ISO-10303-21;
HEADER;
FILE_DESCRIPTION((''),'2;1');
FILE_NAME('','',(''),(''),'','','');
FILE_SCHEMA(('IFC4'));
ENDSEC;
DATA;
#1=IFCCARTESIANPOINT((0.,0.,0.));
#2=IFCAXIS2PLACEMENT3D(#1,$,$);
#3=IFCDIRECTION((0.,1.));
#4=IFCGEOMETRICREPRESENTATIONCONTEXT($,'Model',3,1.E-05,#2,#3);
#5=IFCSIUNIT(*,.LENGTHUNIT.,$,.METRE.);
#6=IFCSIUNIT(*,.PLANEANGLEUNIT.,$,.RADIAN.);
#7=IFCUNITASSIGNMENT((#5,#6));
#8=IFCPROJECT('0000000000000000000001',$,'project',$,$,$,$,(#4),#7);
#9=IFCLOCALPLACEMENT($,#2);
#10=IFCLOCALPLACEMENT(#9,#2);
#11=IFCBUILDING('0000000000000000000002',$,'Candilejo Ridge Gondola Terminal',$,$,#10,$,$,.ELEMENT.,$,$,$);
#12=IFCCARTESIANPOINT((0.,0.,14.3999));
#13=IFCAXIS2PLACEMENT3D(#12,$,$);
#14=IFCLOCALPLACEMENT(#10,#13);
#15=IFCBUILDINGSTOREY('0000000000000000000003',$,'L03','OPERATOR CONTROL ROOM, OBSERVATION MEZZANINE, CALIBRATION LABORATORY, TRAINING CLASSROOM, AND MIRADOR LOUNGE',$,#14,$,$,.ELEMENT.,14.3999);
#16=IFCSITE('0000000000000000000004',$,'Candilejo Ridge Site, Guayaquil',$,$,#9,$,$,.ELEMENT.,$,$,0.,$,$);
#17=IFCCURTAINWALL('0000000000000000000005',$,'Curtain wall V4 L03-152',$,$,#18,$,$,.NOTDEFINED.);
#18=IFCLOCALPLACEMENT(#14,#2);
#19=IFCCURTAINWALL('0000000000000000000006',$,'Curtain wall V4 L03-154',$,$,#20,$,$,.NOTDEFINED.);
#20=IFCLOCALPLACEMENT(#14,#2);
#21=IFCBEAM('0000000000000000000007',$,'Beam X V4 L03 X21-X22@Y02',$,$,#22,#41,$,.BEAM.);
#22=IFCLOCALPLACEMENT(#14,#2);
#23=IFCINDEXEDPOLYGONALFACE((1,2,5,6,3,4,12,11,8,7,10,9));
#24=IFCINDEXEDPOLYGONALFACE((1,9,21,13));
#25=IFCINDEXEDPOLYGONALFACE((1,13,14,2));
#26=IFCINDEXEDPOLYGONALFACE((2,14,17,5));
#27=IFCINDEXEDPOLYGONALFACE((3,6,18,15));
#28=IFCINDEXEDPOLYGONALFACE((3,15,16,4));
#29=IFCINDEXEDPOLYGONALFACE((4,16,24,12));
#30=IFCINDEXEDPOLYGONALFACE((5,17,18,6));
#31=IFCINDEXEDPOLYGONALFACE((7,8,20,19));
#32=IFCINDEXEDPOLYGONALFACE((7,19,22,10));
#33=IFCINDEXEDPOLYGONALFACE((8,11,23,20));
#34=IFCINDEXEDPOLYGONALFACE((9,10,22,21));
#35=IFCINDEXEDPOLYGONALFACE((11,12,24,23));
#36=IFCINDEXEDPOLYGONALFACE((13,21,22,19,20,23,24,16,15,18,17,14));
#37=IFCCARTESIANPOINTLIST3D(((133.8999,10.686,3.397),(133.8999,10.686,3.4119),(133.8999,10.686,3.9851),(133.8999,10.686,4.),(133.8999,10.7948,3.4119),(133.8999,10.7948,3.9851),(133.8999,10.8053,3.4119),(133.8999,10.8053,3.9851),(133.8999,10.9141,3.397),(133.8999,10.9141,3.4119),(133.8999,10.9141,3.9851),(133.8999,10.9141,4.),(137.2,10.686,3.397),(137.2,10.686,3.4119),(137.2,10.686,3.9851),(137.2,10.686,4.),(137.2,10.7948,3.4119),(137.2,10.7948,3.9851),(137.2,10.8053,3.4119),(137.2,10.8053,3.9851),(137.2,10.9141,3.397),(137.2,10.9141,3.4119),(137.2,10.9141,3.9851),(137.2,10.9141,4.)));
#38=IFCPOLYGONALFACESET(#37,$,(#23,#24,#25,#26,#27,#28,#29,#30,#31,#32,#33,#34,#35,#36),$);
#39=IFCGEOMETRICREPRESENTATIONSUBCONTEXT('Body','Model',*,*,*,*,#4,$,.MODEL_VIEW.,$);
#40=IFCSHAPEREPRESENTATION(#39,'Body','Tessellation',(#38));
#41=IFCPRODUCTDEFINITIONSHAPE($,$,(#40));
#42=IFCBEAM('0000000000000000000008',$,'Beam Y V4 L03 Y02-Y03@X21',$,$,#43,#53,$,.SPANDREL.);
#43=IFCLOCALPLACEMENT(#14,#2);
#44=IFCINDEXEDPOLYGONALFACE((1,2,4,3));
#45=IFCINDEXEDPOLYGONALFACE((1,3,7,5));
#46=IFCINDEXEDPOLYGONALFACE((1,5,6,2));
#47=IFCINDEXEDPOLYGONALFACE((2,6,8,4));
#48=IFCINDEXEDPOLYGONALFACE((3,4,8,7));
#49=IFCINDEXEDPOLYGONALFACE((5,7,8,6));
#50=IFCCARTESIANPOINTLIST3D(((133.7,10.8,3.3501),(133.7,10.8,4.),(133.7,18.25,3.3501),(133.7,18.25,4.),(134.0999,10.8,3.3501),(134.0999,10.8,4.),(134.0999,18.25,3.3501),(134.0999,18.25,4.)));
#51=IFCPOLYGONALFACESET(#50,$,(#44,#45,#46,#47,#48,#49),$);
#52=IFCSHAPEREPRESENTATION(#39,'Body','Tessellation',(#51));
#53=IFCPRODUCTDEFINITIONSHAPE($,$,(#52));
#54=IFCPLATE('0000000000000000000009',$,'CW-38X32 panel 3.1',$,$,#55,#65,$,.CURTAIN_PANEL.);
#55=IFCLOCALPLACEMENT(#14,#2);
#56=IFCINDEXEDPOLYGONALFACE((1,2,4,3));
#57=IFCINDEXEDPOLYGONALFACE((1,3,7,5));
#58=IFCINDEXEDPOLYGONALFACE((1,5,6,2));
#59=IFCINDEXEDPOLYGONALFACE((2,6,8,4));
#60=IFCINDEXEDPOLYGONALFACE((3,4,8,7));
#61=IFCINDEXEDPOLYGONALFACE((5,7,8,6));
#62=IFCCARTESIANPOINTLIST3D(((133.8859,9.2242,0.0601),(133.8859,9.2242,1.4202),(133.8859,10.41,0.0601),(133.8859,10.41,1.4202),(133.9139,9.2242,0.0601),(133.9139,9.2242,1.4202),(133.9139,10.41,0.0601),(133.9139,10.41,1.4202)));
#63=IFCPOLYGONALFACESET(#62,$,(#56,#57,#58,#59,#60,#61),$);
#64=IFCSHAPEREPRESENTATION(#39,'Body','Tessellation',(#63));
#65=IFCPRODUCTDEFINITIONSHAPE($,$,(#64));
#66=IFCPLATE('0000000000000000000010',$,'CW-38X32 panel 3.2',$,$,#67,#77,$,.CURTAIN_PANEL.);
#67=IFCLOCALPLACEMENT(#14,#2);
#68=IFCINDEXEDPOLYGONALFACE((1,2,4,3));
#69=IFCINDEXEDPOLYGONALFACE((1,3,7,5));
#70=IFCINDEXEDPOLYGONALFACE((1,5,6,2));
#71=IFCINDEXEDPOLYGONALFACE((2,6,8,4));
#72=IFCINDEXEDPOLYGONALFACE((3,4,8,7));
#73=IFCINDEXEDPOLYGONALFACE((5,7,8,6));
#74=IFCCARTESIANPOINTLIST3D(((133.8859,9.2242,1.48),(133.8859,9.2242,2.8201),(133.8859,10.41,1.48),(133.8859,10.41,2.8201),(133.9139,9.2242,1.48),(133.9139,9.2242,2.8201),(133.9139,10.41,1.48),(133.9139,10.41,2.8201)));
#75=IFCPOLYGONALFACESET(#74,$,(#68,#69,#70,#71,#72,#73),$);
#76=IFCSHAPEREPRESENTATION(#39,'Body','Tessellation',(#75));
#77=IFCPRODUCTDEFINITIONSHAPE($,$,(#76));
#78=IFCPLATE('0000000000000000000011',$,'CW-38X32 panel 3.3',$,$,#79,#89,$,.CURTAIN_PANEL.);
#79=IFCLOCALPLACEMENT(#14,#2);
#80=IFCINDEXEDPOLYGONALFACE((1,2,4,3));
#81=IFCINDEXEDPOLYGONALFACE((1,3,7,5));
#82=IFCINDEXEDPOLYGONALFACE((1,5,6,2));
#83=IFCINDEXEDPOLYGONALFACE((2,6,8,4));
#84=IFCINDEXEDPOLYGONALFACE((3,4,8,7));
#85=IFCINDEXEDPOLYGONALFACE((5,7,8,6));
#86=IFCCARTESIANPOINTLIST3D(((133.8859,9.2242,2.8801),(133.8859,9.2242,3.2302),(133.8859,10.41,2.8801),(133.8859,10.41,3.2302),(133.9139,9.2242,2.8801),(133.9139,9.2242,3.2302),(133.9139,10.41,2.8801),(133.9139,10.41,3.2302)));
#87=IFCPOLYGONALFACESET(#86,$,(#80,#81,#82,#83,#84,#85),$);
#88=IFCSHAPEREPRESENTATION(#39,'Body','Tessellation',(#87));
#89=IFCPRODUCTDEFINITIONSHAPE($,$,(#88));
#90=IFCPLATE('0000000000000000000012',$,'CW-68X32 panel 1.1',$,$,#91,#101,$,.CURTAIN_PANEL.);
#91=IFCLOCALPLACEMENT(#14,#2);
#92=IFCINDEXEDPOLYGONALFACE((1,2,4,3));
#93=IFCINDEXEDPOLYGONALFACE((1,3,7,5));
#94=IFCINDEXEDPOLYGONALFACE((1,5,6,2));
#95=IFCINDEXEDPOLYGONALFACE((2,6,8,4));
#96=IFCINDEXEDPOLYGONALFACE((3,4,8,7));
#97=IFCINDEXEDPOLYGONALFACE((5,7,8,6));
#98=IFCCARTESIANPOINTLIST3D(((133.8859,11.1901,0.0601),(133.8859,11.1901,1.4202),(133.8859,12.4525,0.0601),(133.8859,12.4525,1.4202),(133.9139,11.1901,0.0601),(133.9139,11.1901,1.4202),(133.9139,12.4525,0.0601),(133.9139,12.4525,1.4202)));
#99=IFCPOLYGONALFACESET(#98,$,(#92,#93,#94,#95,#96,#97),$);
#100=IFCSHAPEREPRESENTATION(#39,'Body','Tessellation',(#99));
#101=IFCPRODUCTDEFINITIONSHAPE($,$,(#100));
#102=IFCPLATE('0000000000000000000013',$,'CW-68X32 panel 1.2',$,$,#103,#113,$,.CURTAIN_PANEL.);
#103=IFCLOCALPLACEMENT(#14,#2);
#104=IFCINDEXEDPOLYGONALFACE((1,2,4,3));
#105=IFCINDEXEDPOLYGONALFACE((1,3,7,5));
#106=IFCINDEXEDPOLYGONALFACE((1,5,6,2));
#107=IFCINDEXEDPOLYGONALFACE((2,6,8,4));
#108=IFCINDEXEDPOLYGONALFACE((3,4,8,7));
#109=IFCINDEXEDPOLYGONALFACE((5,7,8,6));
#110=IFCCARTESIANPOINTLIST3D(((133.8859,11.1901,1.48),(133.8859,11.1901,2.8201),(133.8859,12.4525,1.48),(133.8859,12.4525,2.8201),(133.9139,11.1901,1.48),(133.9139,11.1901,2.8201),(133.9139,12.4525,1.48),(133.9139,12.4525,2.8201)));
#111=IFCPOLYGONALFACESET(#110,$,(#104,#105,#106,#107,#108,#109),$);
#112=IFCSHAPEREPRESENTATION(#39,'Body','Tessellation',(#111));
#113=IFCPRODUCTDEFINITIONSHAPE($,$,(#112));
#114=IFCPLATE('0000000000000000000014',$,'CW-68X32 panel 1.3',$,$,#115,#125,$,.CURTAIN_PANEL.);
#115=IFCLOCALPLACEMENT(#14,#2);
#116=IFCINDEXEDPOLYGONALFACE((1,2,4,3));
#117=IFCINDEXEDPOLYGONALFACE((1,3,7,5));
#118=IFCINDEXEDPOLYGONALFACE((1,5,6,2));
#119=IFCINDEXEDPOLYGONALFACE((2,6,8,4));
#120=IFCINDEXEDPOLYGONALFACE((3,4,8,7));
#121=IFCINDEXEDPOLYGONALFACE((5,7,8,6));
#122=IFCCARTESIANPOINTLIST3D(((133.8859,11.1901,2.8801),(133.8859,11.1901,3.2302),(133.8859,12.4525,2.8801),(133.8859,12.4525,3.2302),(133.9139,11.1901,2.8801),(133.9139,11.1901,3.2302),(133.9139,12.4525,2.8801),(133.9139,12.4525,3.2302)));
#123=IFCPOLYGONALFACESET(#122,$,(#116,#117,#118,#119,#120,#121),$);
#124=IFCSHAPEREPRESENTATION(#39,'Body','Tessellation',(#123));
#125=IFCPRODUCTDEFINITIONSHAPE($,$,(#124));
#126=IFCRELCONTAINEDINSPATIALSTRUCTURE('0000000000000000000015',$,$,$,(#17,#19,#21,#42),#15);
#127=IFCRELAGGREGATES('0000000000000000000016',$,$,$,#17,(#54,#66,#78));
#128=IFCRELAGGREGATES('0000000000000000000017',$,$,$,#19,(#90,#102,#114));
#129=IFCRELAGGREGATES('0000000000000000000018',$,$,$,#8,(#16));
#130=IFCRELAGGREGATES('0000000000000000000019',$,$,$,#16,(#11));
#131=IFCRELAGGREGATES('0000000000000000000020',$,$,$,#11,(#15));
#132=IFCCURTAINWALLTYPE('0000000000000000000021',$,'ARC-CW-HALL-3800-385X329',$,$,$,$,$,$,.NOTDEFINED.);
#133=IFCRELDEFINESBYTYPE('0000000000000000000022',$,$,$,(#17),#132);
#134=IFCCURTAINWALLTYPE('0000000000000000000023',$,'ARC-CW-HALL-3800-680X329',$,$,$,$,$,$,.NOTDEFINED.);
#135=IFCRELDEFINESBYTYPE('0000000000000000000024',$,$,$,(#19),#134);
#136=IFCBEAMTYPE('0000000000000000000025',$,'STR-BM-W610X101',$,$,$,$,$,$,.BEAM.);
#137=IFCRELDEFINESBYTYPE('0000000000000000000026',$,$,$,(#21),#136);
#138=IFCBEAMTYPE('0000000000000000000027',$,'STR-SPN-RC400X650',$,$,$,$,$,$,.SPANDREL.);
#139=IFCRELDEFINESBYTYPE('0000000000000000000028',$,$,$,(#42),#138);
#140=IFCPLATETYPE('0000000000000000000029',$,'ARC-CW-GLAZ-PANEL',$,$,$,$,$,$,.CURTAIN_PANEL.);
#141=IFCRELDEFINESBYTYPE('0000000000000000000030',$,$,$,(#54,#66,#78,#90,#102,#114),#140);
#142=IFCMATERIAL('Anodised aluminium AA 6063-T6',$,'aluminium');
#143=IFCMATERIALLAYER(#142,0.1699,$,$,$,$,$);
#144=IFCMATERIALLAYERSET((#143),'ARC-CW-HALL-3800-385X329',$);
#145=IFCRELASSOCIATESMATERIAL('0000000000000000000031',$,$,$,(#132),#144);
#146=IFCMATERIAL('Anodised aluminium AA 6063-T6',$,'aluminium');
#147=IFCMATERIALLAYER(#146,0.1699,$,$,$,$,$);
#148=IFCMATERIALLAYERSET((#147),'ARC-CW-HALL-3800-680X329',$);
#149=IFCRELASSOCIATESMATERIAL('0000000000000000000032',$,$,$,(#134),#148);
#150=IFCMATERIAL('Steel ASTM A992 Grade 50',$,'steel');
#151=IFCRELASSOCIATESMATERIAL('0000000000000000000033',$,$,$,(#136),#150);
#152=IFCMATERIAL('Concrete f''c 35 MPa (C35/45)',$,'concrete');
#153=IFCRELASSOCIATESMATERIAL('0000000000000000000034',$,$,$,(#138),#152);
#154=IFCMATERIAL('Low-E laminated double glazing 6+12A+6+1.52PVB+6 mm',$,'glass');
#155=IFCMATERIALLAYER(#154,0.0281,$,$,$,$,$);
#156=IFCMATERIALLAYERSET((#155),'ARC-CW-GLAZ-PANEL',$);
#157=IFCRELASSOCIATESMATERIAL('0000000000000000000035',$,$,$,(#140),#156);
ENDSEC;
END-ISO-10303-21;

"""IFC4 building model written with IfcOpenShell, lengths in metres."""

from ifc_helpers import new_model, si_unit, direction, frame, origin, origin_2d, place, context, subcontext, project, spatial, rectangle, i_section, extrude, material, layer, layer_set, material_profile, profile_set, type_object, element, aggregate, save


model = new_model("IFC4")

# Units and contexts
model_context = context("Model", 3, precision=1e-05, world=origin(), true_north=direction((0.0, 1.0)))
body_context = subcontext(model_context, "Body", "Model", "MODEL_VIEW")
ifc_project = project(units=[si_unit("LENGTHUNIT", "METRE"), si_unit("PLANEANGLEUNIT", "RADIAN")], contexts=[model_context])

# Site, building, storey
site_placement = place(None, origin())
site = spatial("IfcSite", under=ifc_project, at=site_placement, Name="Candilejo Ridge Site, Guayaquil", CompositionType="ELEMENT", RefElevation=0.0)
building_placement = place(site_placement, origin())
building = spatial("IfcBuilding", under=site, at=building_placement, Name="Candilejo Ridge Gondola Terminal", CompositionType="ELEMENT")
storey_placement = place(building_placement, frame((0.0, 0.0, 14.3999)))
storey = spatial("IfcBuildingStorey", under=building, at=storey_placement, Name="L03", Description="OPERATOR CONTROL ROOM, OBSERVATION MEZZANINE, CALIBRATION LABORATORY, TRAINING CLASSROOM, AND MIRADOR LOUNGE", CompositionType="ELEMENT", Elevation=14.3999)

# Curtain wall
ifc_material_1 = material(Name="Anodised aluminium AA 6063-T6", Category="aluminium")
ifc_layer_1 = layer(ifc_material_1, 0.1699)
ifc_layer_set_1 = layer_set([ifc_layer_1], Name="ARC-CW-HALL-3800-385X329")
curtain_wall_type_1 = type_object("IfcCurtainWallType", Name="ARC-CW-HALL-3800-385X329", PredefinedType="NOTDEFINED", material=ifc_layer_set_1)
curtain_wall_1_placement = place(storey_placement, origin())
curtain_wall_1 = element("IfcCurtainWall", 1, at=curtain_wall_1_placement, inside=storey, type_object=curtain_wall_type_1, Name="Curtain wall V4 L03-152", PredefinedType="NOTDEFINED")

# Curtain wall
ifc_material_2 = material(Name="Anodised aluminium AA 6063-T6", Category="aluminium")
ifc_layer_2 = layer(ifc_material_2, 0.1699)
ifc_layer_set_2 = layer_set([ifc_layer_2], Name="ARC-CW-HALL-3800-680X329")
curtain_wall_type_2 = type_object("IfcCurtainWallType", Name="ARC-CW-HALL-3800-680X329", PredefinedType="NOTDEFINED", material=ifc_layer_set_2)
curtain_wall_2_placement = place(storey_placement, origin())
curtain_wall_2 = element("IfcCurtainWall", 2, at=curtain_wall_2_placement, inside=storey, type_object=curtain_wall_type_2, Name="Curtain wall V4 L03-154", PredefinedType="NOTDEFINED")

# Beams
ifc_material_3 = material(Name="Steel ASTM A992 Grade 50", Category="steel")
ifc_material_profile_1 = material_profile(ifc_material_3, i_section(OverallWidth=0.228, OverallDepth=0.603, WebThickness=0.0105, FlangeThickness=0.0149, at=origin_2d()))
ifc_profile_set_1 = profile_set([ifc_material_profile_1], Name="Steel ASTM A992 Grade 50")
beam_type_1 = type_object("IfcBeamType", Name="STR-BM-W610X101", PredefinedType="BEAM", material=ifc_profile_set_1)
beam_1_placement = place(storey_placement, frame((133.8999, 10.8, 3.6985), z_axis=(1.0, 0.0, 0.0), x_axis=(0.0, 1.0, 0.0)))
element("IfcBeam", 3, at=beam_1_placement, inside=storey, type_object=beam_type_1, Name="Beam X V4 L03 X21-X22@Y02", PredefinedType="BEAM", context=body_context, shape_type="SweptSolid", body=[
    extrude(i_section(OverallWidth=0.228, OverallDepth=0.603, WebThickness=0.0105, FlangeThickness=0.0149, at=origin_2d()), origin(), (0.0, 0.0, 1.0), 3.3),
])
ifc_material_4 = material(Name="Concrete f'c 35 MPa (C35/45)", Category="concrete")
ifc_material_profile_2 = material_profile(ifc_material_4, rectangle(XDim=0.3999, YDim=0.6499, at=origin_2d()))
ifc_profile_set_2 = profile_set([ifc_material_profile_2], Name="Concrete f'c 35 MPa (C35/45)")
beam_type_2 = type_object("IfcBeamType", Name="STR-SPN-RC400X650", PredefinedType="SPANDREL", material=ifc_profile_set_2)
beam_2_placement = place(storey_placement, frame((133.8999, 10.8, 3.675), z_axis=(0.0, 1.0, 0.0), x_axis=(-1.0, 0.0, 0.0)))
element("IfcBeam", 4, at=beam_2_placement, inside=storey, type_object=beam_type_2, Name="Beam Y V4 L03 Y02-Y03@X21", PredefinedType="SPANDREL", context=body_context, shape_type="SweptSolid", body=[
    extrude(rectangle(XDim=0.3999, YDim=0.6499, at=origin_2d()), origin(), (0.0, 0.0, 1.0), 7.45),
])

# Plates
ifc_material_5 = material(Name="Low-E laminated double glazing 6+12A+6+1.52PVB+6 mm", Category="glass")
ifc_layer_3 = layer(ifc_material_5, 0.0281)
ifc_layer_set_3 = layer_set([ifc_layer_3], Name="ARC-CW-GLAZ-PANEL")
plate_type = type_object("IfcPlateType", Name="ARC-CW-GLAZ-PANEL", PredefinedType="CURTAIN_PANEL", material=ifc_layer_set_3)
plate_1_placement = place(storey_placement, frame((133.8999, 9.8171, 0.0601), z_axis=(0.0, 0.0, 1.0), x_axis=(0.0, 1.0, 0.0)))
plate_1 = element("IfcPlate", 5, at=plate_1_placement, type_object=plate_type, Name="CW-38X32 panel 3.1", PredefinedType="CURTAIN_PANEL", context=body_context, shape_type="SweptSolid", body=[
    extrude(rectangle(XDim=1.1858, YDim=0.0281, at=origin_2d()), origin(), (0.0, 0.0, 1.0), 1.3601),
])
plate_2_placement = place(storey_placement, frame((133.8999, 9.8171, 1.48), z_axis=(0.0, 0.0, 1.0), x_axis=(0.0, 1.0, 0.0)))
plate_2 = element("IfcPlate", 6, at=plate_2_placement, type_object=plate_type, Name="CW-38X32 panel 3.2", PredefinedType="CURTAIN_PANEL", context=body_context, shape_type="SweptSolid", body=[
    extrude(rectangle(XDim=1.1858, YDim=0.0281, at=origin_2d()), origin(), (0.0, 0.0, 1.0), 1.3401),
])
plate_3_placement = place(storey_placement, frame((133.8999, 9.8171, 2.8801), z_axis=(0.0, 0.0, 1.0), x_axis=(0.0, 1.0, 0.0)))
plate_3 = element("IfcPlate", 7, at=plate_3_placement, type_object=plate_type, Name="CW-38X32 panel 3.3", PredefinedType="CURTAIN_PANEL", context=body_context, shape_type="SweptSolid", body=[
    extrude(rectangle(XDim=1.1858, YDim=0.0281, at=origin_2d()), origin(), (0.0, 0.0, 1.0), 0.3501),
])
aggregate(curtain_wall_1, [plate_1, plate_2, plate_3])
plate_4_placement = place(storey_placement, frame((133.8999, 11.8213, 0.0601), z_axis=(0.0, 0.0, 1.0), x_axis=(0.0, 1.0, 0.0)))
plate_4 = element("IfcPlate", 8, at=plate_4_placement, type_object=plate_type, Name="CW-68X32 panel 1.1", PredefinedType="CURTAIN_PANEL", context=body_context, shape_type="SweptSolid", body=[
    extrude(rectangle(XDim=1.2625, YDim=0.0281, at=origin_2d()), origin(), (0.0, 0.0, 1.0), 1.3601),
])
plate_5_placement = place(storey_placement, frame((133.8999, 11.8213, 1.48), z_axis=(0.0, 0.0, 1.0), x_axis=(0.0, 1.0, 0.0)))
plate_5 = element("IfcPlate", 9, at=plate_5_placement, type_object=plate_type, Name="CW-68X32 panel 1.2", PredefinedType="CURTAIN_PANEL", context=body_context, shape_type="SweptSolid", body=[
    extrude(rectangle(XDim=1.2625, YDim=0.0281, at=origin_2d()), origin(), (0.0, 0.0, 1.0), 1.3401),
])
plate_6_placement = place(storey_placement, frame((133.8999, 11.8213, 2.8801), z_axis=(0.0, 0.0, 1.0), x_axis=(0.0, 1.0, 0.0)))
plate_6 = element("IfcPlate", 10, at=plate_6_placement, type_object=plate_type, Name="CW-68X32 panel 1.3", PredefinedType="CURTAIN_PANEL", context=body_context, shape_type="SweptSolid", body=[
    extrude(rectangle(XDim=1.2625, YDim=0.0281, at=origin_2d()), origin(), (0.0, 0.0, 1.0), 0.3501),
])
aggregate(curtain_wall_2, [plate_4, plate_5, plate_6])

save(model, "model.ifc")
